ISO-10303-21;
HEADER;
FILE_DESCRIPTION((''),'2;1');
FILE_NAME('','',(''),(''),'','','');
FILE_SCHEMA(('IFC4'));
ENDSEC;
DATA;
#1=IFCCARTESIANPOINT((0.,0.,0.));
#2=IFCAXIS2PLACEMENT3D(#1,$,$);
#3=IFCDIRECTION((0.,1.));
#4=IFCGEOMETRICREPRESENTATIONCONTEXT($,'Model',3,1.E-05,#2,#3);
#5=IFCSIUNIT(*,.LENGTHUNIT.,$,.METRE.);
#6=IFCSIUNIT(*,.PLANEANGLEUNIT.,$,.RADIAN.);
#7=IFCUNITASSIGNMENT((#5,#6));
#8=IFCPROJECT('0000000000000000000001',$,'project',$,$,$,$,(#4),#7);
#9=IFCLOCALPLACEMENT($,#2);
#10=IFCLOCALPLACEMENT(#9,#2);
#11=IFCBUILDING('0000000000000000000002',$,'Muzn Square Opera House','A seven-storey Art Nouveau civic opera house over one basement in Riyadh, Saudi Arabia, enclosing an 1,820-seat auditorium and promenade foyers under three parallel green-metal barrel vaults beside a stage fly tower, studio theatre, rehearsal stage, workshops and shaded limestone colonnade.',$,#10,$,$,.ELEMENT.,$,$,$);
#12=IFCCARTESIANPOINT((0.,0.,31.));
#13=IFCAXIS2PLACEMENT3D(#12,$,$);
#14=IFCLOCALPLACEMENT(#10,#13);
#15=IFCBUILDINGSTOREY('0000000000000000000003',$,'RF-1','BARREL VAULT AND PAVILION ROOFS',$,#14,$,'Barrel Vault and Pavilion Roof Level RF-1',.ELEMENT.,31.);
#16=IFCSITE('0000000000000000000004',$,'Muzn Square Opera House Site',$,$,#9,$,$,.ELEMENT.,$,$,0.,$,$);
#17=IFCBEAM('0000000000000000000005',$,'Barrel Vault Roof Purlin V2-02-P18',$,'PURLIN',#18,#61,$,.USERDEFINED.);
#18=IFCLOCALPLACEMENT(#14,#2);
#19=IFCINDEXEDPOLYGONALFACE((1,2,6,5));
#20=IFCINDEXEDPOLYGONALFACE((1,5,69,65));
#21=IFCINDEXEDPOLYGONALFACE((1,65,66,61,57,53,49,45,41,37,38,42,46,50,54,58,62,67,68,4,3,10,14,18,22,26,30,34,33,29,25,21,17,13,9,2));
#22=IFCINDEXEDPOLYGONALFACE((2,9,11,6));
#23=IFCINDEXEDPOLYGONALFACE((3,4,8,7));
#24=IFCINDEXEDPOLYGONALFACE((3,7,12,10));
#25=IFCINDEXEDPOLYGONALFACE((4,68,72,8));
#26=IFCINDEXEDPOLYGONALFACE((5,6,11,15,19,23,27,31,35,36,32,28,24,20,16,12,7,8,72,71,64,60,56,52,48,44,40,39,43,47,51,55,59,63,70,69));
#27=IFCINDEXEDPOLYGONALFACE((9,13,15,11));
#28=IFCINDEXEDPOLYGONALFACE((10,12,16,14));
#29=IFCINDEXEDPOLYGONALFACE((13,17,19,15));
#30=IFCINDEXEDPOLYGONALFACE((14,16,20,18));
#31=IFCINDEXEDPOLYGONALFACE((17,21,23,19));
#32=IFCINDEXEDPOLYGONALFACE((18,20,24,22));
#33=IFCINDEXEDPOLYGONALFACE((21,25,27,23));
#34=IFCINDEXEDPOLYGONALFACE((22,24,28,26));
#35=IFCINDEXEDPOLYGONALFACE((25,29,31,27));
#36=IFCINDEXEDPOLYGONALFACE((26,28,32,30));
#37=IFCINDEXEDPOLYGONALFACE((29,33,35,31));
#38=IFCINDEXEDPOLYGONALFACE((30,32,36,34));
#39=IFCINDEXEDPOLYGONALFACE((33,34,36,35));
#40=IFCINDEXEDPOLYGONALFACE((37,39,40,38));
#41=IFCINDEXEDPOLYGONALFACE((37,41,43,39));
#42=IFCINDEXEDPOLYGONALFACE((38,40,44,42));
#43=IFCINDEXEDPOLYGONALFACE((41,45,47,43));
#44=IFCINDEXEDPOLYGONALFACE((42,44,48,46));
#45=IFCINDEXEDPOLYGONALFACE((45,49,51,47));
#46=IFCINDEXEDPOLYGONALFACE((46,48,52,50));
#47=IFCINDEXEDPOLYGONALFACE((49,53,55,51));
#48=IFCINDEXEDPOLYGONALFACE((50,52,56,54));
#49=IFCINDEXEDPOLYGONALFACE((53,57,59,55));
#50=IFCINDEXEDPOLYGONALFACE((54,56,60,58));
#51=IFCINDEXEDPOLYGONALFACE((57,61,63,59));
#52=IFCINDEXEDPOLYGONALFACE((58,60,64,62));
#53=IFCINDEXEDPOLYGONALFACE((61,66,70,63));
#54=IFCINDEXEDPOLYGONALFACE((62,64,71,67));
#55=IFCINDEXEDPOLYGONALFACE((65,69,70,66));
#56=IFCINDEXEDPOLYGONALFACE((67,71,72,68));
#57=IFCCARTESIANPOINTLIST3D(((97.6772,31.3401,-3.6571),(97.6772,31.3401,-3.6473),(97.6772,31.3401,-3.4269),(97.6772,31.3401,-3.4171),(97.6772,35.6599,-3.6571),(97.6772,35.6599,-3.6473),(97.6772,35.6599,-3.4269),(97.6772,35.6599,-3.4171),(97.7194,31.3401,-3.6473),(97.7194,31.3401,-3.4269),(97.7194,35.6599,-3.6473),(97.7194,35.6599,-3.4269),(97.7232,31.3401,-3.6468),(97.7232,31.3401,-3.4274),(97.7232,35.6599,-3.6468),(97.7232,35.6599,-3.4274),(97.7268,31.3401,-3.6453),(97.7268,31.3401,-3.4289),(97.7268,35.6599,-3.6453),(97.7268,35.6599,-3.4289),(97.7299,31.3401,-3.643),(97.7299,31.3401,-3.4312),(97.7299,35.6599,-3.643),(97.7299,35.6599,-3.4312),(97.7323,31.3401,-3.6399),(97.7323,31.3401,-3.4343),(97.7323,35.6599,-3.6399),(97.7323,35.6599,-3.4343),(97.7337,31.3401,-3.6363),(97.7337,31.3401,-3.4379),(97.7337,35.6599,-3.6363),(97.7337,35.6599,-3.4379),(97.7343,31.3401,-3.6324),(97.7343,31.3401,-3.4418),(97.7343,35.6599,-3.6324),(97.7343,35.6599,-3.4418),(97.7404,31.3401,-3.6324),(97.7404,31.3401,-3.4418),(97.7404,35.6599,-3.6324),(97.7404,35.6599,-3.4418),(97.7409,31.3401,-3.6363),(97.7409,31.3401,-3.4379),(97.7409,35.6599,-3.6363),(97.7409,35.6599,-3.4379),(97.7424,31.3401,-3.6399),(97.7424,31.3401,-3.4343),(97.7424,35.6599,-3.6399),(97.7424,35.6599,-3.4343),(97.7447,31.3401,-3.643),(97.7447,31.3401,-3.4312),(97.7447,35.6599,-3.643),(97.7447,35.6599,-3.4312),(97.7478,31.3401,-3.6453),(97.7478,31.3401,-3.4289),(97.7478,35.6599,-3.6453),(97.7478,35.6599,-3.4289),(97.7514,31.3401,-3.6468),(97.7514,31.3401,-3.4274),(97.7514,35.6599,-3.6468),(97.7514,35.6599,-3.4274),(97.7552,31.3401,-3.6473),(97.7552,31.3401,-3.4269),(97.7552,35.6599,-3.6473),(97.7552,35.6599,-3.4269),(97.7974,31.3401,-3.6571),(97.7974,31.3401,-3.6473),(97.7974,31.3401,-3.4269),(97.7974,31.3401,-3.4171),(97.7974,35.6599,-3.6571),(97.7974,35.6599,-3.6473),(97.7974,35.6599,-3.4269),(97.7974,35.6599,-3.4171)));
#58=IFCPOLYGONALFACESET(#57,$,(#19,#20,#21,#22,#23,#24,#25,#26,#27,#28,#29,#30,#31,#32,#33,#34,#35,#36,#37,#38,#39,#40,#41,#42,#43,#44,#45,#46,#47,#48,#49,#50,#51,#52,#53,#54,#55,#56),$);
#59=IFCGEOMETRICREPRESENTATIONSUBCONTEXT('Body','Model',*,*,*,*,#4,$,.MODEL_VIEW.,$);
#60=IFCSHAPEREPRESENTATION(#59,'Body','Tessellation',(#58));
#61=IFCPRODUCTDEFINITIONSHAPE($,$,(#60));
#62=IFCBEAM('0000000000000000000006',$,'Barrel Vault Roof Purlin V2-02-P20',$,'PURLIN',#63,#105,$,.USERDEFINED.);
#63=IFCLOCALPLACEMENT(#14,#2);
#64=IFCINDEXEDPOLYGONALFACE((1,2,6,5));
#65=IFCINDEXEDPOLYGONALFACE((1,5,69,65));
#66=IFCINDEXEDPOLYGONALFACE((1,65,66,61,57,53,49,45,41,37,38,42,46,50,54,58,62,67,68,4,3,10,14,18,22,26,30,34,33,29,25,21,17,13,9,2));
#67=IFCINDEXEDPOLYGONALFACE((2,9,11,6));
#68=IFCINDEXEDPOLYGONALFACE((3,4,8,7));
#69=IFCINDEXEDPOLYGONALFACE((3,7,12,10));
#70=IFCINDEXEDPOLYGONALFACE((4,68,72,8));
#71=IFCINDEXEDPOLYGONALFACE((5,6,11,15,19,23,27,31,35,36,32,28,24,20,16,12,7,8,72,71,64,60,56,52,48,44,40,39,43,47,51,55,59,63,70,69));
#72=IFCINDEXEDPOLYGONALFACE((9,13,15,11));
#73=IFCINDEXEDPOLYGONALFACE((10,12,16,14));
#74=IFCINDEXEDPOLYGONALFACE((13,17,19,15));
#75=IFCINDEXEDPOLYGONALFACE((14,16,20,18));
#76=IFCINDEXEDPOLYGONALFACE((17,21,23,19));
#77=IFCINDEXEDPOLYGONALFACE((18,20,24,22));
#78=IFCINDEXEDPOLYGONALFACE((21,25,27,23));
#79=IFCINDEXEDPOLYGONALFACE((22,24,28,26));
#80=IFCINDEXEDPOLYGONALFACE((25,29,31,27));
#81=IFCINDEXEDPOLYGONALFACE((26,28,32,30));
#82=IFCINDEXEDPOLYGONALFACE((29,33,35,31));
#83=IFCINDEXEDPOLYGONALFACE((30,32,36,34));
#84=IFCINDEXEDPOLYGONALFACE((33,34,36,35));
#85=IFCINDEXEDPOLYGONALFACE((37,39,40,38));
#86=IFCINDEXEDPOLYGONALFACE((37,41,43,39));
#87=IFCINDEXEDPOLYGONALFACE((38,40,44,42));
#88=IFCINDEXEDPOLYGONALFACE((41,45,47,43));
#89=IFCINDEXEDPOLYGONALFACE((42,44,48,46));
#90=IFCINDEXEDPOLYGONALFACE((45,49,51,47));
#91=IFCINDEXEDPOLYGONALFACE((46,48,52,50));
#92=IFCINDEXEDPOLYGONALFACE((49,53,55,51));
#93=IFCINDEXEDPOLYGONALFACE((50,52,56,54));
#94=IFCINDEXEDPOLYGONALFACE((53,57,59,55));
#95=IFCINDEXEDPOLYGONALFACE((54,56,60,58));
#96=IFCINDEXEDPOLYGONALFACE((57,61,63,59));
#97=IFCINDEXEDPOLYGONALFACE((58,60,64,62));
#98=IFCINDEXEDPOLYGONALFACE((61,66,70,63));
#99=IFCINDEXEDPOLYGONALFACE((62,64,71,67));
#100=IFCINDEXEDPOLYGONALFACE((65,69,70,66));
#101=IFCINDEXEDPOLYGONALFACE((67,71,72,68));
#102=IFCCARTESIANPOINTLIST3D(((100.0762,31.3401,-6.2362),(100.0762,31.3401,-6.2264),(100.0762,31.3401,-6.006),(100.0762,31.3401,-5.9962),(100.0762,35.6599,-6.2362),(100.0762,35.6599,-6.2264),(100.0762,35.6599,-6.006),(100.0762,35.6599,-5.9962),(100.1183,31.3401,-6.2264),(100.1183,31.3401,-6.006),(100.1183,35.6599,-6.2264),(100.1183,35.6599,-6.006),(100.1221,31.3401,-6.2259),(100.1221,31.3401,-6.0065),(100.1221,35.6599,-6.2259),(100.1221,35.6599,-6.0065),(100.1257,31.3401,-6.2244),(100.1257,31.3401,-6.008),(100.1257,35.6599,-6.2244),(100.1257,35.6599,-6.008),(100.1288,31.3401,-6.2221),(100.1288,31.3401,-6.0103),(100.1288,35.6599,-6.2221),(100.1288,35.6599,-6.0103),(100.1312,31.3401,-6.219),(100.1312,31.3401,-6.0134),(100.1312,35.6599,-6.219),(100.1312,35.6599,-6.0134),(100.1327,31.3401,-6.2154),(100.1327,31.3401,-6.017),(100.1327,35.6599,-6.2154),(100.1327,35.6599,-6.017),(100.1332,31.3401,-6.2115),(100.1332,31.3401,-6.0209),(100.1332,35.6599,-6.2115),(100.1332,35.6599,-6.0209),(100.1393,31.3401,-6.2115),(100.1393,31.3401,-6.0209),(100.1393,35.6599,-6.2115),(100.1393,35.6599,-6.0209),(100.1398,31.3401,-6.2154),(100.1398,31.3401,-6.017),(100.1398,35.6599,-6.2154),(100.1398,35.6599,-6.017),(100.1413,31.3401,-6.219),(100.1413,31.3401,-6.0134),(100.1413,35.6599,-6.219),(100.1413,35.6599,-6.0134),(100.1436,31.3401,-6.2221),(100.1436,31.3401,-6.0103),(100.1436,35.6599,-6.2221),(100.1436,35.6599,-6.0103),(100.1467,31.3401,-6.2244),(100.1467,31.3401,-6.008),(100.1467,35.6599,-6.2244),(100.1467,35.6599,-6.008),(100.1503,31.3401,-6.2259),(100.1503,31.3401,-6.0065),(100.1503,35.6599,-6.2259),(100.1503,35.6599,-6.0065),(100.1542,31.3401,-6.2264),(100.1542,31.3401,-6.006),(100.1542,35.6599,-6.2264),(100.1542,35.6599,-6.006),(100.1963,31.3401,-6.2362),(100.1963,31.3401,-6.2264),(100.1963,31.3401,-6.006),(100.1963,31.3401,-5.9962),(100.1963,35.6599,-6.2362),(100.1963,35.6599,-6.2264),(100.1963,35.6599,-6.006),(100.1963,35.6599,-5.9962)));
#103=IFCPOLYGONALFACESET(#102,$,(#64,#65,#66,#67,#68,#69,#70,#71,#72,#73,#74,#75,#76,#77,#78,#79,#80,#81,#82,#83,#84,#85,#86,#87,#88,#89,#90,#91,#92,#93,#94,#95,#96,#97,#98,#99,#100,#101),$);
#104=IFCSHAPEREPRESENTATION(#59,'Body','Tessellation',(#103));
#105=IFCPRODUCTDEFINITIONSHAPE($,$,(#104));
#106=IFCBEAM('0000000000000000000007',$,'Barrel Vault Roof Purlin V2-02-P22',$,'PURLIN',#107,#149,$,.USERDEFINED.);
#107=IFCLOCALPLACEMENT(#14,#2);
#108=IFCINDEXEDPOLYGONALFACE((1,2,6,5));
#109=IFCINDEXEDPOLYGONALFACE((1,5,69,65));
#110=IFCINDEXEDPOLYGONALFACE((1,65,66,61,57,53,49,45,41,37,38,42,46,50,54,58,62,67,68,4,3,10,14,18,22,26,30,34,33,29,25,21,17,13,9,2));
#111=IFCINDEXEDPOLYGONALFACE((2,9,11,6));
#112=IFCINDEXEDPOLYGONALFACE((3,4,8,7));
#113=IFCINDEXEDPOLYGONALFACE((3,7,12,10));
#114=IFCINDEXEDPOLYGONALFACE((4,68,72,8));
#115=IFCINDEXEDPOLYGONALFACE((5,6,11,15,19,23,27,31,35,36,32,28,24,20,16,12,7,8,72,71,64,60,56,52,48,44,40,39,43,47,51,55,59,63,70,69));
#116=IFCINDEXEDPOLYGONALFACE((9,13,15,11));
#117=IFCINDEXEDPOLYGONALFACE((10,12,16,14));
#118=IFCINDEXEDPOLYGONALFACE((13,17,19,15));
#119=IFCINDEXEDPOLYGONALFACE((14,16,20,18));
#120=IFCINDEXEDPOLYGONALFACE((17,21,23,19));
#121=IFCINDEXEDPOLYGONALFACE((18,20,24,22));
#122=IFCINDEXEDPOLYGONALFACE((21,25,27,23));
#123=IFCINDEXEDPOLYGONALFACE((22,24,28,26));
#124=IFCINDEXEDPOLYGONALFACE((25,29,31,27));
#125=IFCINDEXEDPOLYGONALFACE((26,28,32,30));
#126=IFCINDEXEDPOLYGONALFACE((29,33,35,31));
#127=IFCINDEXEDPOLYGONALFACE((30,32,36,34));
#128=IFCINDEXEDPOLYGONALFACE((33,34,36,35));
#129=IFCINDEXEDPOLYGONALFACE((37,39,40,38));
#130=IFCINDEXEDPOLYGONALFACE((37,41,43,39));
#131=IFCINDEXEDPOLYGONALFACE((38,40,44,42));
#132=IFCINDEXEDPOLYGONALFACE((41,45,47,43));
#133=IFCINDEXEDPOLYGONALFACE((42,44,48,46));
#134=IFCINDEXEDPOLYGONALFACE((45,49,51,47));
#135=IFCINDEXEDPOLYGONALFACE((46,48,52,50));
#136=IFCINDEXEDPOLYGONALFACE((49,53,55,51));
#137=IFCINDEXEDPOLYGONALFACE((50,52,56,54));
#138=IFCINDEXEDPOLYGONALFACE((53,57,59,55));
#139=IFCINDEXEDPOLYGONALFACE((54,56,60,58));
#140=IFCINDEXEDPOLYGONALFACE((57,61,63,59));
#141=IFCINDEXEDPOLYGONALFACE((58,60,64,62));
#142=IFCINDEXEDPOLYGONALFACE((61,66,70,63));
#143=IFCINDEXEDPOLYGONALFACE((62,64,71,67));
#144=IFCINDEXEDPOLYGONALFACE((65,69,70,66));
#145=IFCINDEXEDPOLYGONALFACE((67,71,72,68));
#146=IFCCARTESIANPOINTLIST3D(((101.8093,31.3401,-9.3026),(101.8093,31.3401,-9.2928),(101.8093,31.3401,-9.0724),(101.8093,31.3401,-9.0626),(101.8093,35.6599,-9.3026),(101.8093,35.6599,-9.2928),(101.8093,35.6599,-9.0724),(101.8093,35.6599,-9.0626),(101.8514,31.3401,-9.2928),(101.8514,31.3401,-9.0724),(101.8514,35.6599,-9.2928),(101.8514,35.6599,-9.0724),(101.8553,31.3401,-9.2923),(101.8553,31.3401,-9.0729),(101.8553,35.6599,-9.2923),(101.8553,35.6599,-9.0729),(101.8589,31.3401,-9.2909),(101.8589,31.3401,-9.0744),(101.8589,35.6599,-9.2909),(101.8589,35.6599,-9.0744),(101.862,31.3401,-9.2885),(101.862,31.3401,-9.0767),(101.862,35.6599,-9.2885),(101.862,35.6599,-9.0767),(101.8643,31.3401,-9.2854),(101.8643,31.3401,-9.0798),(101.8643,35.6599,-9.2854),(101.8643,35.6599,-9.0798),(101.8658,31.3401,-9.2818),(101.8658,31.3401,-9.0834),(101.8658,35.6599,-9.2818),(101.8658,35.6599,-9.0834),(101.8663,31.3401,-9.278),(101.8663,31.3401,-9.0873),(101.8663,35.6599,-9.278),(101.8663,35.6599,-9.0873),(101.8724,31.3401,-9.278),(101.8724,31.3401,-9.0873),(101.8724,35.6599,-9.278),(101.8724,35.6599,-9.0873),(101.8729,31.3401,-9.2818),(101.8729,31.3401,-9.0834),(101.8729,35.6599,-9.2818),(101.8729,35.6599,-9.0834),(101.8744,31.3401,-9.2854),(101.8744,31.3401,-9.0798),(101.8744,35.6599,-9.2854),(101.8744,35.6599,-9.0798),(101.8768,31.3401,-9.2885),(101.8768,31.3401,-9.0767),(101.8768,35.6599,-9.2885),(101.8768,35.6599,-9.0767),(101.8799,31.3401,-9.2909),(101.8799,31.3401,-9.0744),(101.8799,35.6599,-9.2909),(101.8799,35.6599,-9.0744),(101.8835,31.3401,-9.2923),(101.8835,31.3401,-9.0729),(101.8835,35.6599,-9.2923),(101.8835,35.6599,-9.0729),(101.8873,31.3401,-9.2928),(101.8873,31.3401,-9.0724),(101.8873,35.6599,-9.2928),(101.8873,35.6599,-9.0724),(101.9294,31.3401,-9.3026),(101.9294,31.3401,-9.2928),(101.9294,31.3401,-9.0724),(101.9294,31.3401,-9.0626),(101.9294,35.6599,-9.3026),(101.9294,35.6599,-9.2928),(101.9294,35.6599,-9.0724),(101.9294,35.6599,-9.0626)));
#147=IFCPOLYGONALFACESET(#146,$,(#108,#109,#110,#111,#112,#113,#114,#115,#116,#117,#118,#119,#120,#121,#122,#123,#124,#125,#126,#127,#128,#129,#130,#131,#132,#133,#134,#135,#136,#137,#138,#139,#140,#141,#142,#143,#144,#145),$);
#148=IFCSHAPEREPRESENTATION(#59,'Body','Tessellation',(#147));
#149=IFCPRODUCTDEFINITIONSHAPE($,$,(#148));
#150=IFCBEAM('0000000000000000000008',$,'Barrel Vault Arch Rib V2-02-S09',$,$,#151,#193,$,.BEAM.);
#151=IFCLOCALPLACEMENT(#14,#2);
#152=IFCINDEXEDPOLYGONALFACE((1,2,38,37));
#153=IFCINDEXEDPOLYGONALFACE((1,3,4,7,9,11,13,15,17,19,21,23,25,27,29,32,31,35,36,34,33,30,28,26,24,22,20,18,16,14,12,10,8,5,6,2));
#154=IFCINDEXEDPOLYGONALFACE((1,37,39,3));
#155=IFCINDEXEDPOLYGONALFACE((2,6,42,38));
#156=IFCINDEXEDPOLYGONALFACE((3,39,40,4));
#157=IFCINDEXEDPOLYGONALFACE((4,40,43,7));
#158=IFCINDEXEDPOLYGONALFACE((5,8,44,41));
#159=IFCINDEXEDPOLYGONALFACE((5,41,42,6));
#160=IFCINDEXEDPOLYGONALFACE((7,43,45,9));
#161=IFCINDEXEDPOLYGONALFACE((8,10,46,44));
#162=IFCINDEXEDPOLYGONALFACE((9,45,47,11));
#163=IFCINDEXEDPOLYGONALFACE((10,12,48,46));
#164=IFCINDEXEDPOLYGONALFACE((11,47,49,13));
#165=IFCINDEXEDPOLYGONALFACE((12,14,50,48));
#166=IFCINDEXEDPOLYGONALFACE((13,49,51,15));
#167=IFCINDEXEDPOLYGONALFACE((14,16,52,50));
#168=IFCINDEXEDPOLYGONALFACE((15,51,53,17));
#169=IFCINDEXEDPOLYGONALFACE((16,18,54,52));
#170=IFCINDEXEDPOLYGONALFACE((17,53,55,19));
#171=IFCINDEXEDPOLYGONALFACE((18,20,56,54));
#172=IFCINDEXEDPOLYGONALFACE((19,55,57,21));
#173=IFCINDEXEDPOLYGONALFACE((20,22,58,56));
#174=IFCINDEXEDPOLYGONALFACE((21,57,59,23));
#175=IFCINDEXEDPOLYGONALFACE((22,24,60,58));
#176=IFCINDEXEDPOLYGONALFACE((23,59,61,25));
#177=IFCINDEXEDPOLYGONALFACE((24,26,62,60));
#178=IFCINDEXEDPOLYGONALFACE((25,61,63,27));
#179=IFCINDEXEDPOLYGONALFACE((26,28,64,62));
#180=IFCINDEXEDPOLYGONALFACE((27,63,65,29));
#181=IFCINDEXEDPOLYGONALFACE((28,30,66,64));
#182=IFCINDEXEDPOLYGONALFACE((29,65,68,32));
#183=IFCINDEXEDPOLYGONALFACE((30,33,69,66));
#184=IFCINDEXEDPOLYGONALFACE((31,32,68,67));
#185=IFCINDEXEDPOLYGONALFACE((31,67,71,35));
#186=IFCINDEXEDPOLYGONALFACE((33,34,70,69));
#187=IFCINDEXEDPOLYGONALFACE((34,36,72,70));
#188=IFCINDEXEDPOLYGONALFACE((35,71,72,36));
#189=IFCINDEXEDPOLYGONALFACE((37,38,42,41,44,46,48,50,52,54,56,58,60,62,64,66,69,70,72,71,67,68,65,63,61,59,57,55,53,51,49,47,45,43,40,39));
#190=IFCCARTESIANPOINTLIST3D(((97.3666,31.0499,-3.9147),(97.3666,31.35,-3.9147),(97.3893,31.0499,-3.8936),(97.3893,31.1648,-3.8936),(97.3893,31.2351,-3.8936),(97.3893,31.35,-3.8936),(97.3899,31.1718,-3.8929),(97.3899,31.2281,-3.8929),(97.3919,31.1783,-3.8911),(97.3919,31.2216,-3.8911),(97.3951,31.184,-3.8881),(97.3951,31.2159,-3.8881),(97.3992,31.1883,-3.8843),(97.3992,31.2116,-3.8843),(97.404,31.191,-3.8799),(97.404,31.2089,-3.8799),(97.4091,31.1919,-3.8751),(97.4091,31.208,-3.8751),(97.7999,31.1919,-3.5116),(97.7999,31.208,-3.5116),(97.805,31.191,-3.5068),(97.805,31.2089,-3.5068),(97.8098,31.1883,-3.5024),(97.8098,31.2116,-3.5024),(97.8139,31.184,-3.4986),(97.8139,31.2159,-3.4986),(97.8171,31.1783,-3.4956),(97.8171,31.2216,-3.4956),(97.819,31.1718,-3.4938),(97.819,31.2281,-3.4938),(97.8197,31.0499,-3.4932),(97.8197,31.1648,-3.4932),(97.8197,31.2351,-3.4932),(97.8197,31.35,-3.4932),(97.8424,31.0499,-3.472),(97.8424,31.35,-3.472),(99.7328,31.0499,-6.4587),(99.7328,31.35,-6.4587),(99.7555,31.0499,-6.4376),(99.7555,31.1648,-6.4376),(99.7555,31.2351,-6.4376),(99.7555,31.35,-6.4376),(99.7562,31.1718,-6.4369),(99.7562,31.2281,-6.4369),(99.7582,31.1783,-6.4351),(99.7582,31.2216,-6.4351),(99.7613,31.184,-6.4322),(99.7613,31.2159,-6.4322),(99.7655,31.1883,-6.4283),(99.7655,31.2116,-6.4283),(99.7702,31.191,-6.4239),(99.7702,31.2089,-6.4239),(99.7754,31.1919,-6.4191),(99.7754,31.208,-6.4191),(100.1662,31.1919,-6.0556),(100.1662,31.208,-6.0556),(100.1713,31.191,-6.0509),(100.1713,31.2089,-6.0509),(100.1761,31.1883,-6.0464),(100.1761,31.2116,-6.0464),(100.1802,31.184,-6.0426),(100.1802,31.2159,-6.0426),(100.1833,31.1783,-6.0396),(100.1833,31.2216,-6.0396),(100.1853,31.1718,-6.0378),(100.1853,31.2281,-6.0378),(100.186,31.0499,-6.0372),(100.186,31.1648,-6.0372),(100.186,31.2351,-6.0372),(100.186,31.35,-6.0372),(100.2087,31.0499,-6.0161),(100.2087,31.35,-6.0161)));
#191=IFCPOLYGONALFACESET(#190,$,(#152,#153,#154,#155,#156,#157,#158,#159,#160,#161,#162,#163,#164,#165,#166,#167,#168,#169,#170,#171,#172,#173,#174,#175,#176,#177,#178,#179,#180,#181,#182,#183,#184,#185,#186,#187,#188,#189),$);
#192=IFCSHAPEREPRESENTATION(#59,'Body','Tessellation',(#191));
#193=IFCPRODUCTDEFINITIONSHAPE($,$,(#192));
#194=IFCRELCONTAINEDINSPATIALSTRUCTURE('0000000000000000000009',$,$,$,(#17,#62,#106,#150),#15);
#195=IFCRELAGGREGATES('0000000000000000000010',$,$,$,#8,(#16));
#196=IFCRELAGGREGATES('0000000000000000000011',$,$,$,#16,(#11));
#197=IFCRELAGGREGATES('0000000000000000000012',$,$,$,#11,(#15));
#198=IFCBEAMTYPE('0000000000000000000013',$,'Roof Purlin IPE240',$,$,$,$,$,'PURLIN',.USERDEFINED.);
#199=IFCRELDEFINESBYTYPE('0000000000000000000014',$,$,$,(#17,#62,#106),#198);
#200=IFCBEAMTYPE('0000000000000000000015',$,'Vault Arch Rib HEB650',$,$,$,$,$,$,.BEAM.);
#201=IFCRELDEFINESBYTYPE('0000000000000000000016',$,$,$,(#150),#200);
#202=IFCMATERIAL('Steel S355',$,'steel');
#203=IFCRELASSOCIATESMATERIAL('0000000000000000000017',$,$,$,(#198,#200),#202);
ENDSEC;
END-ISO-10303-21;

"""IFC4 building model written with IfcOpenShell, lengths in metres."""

from ifc_helpers import new_model, si_unit, direction, frame, origin, origin_2d, place, context, subcontext, project, spatial, i_section, extrude, material, material_profile, profile_set, type_object, element, save


model = new_model("IFC4")

# Units and contexts
model_context = context("Model", 3, precision=1e-05, world=origin(), true_north=direction((0.0, 1.0)))
body_context = subcontext(model_context, "Body", "Model", "MODEL_VIEW")
ifc_project = project(units=[si_unit("LENGTHUNIT", "METRE"), si_unit("PLANEANGLEUNIT", "RADIAN")], contexts=[model_context])

# Site, building, storey
site_placement = place(None, origin())
site = spatial("IfcSite", under=ifc_project, at=site_placement, Name="Muzn Square Opera House Site", CompositionType="ELEMENT", RefElevation=0.0)
building_placement = place(site_placement, origin())
building = spatial("IfcBuilding", under=site, at=building_placement, Name="Muzn Square Opera House", Description="A seven-storey Art Nouveau civic opera house over one basement in Riyadh, Saudi Arabia, enclosing an 1,820-seat auditorium and promenade foyers under three parallel green-metal barrel vaults beside a stage fly tower, studio theatre, rehearsal stage, workshops and shaded limestone colonnade.", CompositionType="ELEMENT")
storey_placement = place(building_placement, frame((0.0, 0.0, 31.0)))
storey = spatial("IfcBuildingStorey", under=building, at=storey_placement, Name="RF-1", Description="BARREL VAULT AND PAVILION ROOFS", LongName="Barrel Vault and Pavilion Roof Level RF-1", CompositionType="ELEMENT", Elevation=31.0)

# Beams
ifc_material_1 = material(Name="Steel S355", Category="steel")
ifc_material_profile_1 = material_profile(ifc_material_1, i_section(OverallWidth=0.1201, OverallDepth=0.24, WebThickness=0.0061, FlangeThickness=0.0098, FilletRadius=0.0149, at=origin_2d()), Name="IPE 240", Category="steel")
ifc_profile_set_1 = profile_set([ifc_material_profile_1], Name="Steel S355")
beam_type_1 = type_object("IfcBeamType", Name="Roof Purlin IPE240", ElementType="PURLIN", PredefinedType="USERDEFINED", material=ifc_profile_set_1)
for number, where, z_axis, x_axis, name in (
    (1, (97.7373, 31.3401, -3.5371), (0.0, 1.0, 0.0), (-1.0, 0.0, 0.0), "Barrel Vault Roof Purlin V2-02-P18"),
    (2, (100.1362, 31.3401, -6.1162), (0.0, 1.0, 0.0), (-1.0, 0.0, 0.0), "Barrel Vault Roof Purlin V2-02-P20"),
    (3, (101.8694, 31.3401, -9.1826), (0.0, 1.0, 0.0), (-1.0, 0.0, 0.0), "Barrel Vault Roof Purlin V2-02-P22"),
):
    element("IfcBeam", number, at=place(storey_placement, frame(where, z_axis=z_axis, x_axis=x_axis)), inside=storey, type_object=beam_type_1, Name=name, ObjectType="PURLIN", PredefinedType="USERDEFINED", context=body_context, shape_type="SweptSolid", body=[
        extrude(i_section(OverallWidth=0.1201, OverallDepth=0.24, WebThickness=0.0061, FlangeThickness=0.0098, FilletRadius=0.0149, at=origin_2d()), origin(), (0.0, 0.0, 1.0), 4.3198),
    ])
ifc_material_profile_2 = material_profile(ifc_material_1, i_section(OverallWidth=0.3, OverallDepth=0.6499, WebThickness=0.0161, FlangeThickness=0.031, FilletRadius=0.0271, at=origin_2d()), Name="HEB 650", Category="steel")
ifc_profile_set_2 = profile_set([ifc_material_profile_2], Name="Steel S355")
beam_type_2 = type_object("IfcBeamType", Name="Vault Arch Rib HEB650", PredefinedType="BEAM", material=ifc_profile_set_2)
beam_1_placement = place(storey_placement, frame((97.6045, 31.2, -3.6934), z_axis=(0.681065, 0.0, -0.732223), x_axis=(0.0, 1.0, 0.0)))
element("IfcBeam", 4, at=beam_1_placement, inside=storey, type_object=beam_type_2, Name="Barrel Vault Arch Rib V2-02-S09", PredefinedType="BEAM", context=body_context, shape_type="SweptSolid", body=[
    extrude(i_section(OverallWidth=0.3, OverallDepth=0.6499, WebThickness=0.0161, FlangeThickness=0.031, FilletRadius=0.0271, at=origin_2d()), origin(), (0.0, 0.0, 1.0), 3.4744),
])

save(model, "model.ifc")
